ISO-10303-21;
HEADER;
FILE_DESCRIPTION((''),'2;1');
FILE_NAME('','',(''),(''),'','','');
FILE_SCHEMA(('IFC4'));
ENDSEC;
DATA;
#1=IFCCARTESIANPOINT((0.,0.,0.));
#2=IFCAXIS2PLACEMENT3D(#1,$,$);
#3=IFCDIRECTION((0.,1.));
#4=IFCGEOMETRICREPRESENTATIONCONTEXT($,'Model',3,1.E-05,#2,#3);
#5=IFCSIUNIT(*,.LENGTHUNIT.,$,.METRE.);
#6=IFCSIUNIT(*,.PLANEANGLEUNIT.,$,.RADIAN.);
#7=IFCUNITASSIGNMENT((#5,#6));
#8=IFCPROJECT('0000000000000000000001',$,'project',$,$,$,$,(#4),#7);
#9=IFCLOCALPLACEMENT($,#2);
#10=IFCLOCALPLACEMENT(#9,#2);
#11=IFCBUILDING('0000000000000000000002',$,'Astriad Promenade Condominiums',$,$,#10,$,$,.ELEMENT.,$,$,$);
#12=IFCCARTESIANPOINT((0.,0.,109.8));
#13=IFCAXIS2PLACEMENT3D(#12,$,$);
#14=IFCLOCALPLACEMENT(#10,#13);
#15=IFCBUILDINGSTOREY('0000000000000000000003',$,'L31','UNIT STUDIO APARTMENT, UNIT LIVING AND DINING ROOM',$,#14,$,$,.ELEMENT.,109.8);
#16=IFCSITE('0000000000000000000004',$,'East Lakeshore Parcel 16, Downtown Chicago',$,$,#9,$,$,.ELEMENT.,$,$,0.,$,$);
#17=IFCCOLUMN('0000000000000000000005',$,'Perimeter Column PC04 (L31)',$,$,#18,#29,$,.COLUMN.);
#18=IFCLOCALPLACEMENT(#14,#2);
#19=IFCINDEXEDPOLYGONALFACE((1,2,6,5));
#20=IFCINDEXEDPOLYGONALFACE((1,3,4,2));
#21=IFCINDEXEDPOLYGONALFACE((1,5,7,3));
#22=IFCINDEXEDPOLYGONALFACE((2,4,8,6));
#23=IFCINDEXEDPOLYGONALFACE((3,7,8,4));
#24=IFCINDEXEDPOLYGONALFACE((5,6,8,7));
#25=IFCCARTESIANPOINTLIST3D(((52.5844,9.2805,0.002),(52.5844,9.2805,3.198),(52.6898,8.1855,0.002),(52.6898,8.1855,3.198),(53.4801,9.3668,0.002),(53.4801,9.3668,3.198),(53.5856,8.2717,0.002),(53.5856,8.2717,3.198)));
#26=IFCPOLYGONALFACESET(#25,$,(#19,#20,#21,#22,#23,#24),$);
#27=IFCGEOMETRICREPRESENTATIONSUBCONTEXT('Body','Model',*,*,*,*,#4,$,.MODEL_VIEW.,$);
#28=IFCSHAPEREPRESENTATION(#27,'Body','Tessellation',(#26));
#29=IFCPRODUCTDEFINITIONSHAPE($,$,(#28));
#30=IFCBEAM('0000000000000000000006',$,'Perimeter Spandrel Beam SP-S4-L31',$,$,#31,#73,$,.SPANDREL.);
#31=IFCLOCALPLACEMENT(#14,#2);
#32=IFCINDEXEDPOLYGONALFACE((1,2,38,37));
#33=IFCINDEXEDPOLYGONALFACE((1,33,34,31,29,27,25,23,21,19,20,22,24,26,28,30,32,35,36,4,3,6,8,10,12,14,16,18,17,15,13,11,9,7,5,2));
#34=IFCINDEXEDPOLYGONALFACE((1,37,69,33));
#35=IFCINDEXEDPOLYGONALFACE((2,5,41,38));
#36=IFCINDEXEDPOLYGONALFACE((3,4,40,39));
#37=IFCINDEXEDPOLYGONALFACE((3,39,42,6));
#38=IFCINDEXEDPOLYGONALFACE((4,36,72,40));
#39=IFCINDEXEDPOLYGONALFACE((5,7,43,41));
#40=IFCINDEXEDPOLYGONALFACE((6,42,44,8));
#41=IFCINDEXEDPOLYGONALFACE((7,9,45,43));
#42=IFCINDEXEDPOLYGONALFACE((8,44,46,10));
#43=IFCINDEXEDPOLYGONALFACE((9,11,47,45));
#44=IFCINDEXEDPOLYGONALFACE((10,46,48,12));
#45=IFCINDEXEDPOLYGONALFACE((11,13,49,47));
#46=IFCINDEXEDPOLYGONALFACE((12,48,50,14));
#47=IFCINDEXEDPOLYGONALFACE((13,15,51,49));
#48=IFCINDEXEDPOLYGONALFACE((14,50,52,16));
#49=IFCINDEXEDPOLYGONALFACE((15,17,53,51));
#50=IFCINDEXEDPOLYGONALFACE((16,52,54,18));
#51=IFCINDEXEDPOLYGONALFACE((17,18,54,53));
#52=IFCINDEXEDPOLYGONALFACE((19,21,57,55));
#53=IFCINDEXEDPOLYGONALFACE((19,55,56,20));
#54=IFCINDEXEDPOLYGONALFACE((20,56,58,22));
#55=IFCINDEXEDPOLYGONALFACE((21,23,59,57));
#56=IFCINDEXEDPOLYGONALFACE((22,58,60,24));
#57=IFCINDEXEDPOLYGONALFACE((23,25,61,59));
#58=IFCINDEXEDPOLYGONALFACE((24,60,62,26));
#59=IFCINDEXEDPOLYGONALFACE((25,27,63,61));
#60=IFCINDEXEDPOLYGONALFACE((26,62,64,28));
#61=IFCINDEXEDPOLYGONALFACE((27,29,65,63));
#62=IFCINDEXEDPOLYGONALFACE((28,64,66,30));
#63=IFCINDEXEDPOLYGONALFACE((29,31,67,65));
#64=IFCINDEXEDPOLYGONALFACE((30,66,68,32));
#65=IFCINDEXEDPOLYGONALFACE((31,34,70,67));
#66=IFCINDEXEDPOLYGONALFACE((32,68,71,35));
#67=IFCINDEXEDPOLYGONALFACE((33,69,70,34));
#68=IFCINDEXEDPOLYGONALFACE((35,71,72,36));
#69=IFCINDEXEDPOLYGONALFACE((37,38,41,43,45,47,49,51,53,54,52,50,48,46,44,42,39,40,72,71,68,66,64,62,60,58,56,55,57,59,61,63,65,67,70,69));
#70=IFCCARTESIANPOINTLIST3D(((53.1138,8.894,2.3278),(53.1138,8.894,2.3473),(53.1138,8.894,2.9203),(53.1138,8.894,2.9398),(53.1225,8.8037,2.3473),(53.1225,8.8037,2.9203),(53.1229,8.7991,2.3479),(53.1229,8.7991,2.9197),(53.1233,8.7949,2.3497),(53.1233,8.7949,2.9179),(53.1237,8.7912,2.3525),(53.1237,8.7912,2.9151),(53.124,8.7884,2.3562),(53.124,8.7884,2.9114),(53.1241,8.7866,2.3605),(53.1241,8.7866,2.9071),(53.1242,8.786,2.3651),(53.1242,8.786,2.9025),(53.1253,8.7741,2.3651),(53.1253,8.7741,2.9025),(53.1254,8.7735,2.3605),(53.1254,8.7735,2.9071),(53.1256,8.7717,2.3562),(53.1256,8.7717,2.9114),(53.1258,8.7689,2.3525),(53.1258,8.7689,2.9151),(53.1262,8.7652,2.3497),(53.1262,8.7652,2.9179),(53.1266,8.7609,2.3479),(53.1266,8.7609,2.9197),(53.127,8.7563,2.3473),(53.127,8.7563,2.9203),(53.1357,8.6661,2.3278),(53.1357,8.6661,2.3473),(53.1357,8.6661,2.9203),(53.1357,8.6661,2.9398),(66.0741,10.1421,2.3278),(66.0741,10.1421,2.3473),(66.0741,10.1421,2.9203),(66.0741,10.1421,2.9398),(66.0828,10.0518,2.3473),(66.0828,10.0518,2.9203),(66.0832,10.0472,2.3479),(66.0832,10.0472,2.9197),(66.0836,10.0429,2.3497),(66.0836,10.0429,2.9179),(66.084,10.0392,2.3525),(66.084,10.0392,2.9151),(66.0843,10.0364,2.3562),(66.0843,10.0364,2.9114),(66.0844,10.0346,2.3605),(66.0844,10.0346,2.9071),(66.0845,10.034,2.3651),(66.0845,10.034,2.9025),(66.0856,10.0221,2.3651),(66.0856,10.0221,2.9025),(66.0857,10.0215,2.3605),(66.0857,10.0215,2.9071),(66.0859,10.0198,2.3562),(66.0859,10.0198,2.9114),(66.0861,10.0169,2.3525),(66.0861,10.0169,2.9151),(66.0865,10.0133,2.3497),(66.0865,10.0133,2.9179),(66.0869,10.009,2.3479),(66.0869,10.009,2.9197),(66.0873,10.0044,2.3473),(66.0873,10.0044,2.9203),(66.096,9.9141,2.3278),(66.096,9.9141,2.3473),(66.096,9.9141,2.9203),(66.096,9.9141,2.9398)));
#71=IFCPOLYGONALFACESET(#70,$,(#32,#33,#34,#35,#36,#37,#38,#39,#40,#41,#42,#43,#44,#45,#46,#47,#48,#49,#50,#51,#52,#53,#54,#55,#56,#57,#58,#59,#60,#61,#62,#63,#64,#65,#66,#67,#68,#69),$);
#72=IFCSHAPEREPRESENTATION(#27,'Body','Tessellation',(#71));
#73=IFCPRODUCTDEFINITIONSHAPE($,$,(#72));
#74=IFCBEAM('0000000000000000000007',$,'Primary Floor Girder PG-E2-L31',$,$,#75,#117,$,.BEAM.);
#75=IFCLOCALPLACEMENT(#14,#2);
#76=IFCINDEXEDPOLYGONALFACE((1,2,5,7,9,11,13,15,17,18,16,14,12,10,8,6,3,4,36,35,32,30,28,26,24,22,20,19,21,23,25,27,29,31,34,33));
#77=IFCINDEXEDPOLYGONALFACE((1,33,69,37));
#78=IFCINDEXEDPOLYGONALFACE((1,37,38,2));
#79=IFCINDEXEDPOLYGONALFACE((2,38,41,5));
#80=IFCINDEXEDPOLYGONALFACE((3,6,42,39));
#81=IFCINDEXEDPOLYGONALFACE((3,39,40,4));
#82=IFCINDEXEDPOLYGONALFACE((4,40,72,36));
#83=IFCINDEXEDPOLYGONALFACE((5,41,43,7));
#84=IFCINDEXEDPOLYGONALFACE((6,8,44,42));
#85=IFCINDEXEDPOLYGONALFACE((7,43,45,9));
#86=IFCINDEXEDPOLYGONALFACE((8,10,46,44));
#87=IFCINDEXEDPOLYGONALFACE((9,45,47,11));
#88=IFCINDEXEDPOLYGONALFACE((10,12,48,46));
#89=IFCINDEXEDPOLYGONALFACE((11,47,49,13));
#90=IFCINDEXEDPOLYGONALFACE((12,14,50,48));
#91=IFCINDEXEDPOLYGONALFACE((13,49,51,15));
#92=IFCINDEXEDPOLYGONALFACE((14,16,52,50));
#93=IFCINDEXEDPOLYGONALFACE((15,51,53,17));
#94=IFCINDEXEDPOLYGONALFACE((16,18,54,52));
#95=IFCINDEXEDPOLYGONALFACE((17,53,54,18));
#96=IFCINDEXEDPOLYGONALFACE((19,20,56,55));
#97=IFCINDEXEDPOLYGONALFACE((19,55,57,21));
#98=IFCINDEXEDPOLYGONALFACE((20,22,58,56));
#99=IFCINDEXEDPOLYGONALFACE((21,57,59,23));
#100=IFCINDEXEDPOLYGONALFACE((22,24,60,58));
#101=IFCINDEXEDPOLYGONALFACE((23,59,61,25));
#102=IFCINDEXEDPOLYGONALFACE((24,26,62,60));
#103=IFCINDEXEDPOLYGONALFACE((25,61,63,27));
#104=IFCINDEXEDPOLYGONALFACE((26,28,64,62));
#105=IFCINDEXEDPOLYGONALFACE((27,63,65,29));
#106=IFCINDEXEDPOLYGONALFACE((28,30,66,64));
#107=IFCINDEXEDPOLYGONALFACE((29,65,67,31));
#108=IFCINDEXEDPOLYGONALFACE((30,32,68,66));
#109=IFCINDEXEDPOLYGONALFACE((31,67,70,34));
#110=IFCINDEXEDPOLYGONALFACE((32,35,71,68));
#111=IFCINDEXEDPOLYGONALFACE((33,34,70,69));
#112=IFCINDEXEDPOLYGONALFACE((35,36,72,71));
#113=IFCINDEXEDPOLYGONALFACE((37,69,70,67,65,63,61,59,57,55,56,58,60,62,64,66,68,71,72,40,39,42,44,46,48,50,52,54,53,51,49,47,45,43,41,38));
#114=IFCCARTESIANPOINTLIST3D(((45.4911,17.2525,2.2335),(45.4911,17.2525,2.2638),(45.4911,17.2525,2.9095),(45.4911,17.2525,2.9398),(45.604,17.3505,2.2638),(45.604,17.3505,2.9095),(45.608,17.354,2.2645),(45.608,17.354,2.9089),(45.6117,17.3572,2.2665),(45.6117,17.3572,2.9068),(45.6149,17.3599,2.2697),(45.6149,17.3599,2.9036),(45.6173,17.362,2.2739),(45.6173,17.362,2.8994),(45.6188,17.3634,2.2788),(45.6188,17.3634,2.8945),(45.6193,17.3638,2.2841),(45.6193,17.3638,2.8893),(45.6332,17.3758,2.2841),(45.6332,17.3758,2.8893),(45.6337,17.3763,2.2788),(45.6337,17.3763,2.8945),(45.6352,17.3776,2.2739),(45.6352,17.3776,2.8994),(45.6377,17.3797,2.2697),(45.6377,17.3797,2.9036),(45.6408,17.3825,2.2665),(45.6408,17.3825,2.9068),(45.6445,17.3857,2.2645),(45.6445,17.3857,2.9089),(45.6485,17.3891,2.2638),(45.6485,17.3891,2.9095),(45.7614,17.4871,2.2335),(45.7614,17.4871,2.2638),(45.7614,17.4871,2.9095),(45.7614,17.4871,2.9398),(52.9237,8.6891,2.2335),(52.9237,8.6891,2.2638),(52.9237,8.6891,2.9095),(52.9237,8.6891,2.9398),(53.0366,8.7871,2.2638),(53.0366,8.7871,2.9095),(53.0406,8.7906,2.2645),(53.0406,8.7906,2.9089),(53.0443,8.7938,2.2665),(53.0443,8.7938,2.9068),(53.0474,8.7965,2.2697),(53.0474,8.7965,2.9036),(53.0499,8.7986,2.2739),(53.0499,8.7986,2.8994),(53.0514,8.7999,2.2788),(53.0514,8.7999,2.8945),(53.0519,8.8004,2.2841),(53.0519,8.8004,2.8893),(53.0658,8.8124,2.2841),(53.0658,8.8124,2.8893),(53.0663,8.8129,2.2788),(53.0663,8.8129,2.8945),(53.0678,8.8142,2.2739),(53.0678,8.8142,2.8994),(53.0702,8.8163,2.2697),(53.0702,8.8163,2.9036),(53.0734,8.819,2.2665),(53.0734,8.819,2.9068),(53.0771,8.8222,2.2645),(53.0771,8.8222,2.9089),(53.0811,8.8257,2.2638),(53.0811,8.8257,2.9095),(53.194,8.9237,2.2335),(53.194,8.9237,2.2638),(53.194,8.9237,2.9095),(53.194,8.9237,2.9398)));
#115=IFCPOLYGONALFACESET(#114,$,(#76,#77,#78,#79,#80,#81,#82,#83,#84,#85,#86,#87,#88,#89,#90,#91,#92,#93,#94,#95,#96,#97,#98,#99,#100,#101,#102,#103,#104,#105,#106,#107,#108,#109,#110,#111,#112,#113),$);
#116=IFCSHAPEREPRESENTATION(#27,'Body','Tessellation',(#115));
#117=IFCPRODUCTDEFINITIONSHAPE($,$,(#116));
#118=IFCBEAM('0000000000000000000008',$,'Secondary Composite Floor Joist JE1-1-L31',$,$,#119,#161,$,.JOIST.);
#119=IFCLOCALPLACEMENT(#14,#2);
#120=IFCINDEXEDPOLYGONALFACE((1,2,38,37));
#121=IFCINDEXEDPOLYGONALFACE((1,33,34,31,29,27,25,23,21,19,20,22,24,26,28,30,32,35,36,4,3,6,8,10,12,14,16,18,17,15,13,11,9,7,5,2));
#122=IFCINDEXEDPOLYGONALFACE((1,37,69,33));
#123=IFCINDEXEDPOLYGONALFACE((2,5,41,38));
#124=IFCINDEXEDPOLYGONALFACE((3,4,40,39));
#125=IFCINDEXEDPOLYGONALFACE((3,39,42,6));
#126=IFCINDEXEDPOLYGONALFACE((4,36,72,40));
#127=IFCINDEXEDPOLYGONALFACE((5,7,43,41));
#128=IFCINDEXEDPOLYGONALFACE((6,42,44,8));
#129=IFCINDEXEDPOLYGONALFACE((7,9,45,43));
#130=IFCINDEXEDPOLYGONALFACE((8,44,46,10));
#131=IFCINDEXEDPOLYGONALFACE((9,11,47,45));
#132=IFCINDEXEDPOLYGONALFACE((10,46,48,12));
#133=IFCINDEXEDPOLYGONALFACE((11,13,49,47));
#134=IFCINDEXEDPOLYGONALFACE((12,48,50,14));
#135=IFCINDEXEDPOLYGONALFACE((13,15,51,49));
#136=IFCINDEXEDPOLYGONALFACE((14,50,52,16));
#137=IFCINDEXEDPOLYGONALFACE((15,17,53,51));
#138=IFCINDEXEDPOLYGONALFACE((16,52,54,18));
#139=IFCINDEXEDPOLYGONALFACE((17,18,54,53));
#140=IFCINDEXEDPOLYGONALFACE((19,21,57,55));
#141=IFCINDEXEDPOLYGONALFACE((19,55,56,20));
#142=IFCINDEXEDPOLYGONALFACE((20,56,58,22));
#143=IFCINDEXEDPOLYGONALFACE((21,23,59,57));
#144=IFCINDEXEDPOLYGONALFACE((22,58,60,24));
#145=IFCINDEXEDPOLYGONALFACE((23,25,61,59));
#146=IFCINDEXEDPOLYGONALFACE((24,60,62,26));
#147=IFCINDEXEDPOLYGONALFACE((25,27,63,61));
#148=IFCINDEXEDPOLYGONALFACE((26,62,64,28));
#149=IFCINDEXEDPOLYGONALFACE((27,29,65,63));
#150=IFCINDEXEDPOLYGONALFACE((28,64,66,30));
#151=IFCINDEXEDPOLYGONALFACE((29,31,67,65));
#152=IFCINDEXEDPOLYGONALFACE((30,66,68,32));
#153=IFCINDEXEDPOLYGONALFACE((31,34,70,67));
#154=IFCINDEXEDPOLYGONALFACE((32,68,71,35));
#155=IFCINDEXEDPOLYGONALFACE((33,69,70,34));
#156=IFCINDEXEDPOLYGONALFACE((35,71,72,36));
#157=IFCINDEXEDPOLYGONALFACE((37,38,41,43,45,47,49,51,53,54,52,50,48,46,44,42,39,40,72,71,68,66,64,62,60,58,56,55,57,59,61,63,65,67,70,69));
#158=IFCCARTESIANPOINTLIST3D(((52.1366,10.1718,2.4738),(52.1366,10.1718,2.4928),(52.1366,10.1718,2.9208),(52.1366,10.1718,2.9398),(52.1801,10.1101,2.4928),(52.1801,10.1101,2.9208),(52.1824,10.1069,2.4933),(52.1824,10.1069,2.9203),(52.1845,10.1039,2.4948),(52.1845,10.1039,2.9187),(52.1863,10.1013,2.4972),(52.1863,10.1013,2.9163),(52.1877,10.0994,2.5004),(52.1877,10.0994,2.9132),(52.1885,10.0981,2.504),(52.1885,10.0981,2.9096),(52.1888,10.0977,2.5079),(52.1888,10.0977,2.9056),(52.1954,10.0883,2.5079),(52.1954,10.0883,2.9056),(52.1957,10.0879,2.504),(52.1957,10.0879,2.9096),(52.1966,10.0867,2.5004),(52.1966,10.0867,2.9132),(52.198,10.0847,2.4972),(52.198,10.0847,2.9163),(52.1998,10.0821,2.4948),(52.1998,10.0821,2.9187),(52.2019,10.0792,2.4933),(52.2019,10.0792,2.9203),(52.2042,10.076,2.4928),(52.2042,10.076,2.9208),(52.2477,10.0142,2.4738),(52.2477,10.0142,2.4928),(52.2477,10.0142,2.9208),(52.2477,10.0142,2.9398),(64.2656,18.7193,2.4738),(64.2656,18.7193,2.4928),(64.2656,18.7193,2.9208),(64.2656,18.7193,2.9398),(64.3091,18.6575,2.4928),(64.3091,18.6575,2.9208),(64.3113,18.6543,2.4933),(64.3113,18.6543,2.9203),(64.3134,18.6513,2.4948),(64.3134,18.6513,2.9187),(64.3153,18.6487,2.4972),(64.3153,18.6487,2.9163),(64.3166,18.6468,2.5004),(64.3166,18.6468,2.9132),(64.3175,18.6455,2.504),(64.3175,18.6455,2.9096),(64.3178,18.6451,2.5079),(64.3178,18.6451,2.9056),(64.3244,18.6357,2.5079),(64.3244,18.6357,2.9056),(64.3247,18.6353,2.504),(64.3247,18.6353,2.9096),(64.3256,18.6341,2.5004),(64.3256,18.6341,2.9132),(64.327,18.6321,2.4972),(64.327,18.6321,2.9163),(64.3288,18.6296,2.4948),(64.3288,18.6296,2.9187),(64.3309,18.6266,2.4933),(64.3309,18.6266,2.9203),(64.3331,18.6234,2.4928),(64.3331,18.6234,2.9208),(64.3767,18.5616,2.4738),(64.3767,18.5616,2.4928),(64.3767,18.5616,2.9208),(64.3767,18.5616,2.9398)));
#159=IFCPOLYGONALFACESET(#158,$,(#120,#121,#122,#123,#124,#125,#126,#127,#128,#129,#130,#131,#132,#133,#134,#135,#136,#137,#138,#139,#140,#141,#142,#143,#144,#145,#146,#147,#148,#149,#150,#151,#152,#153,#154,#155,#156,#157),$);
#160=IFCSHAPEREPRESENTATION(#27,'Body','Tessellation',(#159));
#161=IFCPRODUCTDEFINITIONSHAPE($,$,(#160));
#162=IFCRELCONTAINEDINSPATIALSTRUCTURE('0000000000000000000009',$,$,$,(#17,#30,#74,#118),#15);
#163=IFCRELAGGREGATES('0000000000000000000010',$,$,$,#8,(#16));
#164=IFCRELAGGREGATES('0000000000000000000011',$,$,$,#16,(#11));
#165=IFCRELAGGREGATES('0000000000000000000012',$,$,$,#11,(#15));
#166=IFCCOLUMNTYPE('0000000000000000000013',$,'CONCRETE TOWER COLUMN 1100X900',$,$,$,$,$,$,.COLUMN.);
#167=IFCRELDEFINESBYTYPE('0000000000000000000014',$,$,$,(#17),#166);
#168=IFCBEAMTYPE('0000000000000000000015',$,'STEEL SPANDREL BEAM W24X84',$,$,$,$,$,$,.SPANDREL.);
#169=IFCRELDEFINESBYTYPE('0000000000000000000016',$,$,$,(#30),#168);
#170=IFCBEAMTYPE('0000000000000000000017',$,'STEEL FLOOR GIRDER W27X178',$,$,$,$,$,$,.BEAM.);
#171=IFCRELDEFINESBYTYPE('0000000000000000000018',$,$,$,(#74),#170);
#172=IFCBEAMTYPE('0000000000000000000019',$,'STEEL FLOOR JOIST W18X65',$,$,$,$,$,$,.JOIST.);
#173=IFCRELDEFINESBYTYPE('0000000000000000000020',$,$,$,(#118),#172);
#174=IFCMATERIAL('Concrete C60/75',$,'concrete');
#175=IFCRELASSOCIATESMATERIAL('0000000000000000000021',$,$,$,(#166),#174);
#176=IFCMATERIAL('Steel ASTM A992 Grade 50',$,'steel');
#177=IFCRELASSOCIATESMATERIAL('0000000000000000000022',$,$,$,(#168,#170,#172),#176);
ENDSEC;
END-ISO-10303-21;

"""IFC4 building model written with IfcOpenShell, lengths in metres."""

from ifc_helpers import new_model, si_unit, direction, frame, origin, origin_2d, place, context, subcontext, project, spatial, rectangle, i_section, extrude, source, transform, mapped, material, material_profile, profile_set, type_object, type_shapes, element, save


model = new_model("IFC4")

# Units and contexts
model_context = context("Model", 3, precision=1e-05, world=origin(), true_north=direction((0.0, 1.0)))
body_context = subcontext(model_context, "Body", "Model", "MODEL_VIEW")
ifc_project = project(units=[si_unit("LENGTHUNIT", "METRE"), si_unit("PLANEANGLEUNIT", "RADIAN")], contexts=[model_context])

# Site, building, storey
site_placement = place(None, origin())
site = spatial("IfcSite", under=ifc_project, at=site_placement, Name="East Lakeshore Parcel 16, Downtown Chicago", CompositionType="ELEMENT", RefElevation=0.0)
building_placement = place(site_placement, origin())
building = spatial("IfcBuilding", under=site, at=building_placement, Name="Astriad Promenade Condominiums", CompositionType="ELEMENT")
storey_placement = place(building_placement, frame((0.0, 0.0, 109.8)))
storey = spatial("IfcBuildingStorey", under=building, at=storey_placement, Name="L31", Description="UNIT STUDIO APARTMENT, UNIT LIVING AND DINING ROOM", CompositionType="ELEMENT", Elevation=109.8)

# Column
ifc_material_1 = material(Name="Concrete C60/75", Category="concrete")
ifc_material_profile_1 = material_profile(ifc_material_1, rectangle(XDim=0.8999, YDim=1.1001, at=origin_2d()), Name="RC-COL-1100X900")
ifc_profile_set_1 = profile_set([ifc_material_profile_1], Name="Concrete C60/75")
column_type = type_object("IfcColumnType", Name="CONCRETE TOWER COLUMN 1100X900", PredefinedType="COLUMN", material=ifc_profile_set_1)
shared_shape_1 = source(origin(), body_context, "Body", "SweptSolid", [
    extrude(rectangle(XDim=0.8999, YDim=1.1001, at=origin_2d()), origin(), (0.0, 0.0, 1.0), 3.196),
])
type_shapes(column_type, [shared_shape_1])
column_placement = place(storey_placement, frame((53.085, 8.7761, 0.002), z_axis=(0.0, 0.0, 1.0), x_axis=(0.995396, 0.095846, 0.0)))
element("IfcColumn", 1, at=column_placement, inside=storey, type_object=column_type, Name="Perimeter Column PC04 (L31)", PredefinedType="COLUMN", context=body_context, shape_type="MappedRepresentation", body=[
    mapped(shared_shape_1, transform((0.0, 0.0, 0.0), scale=1.0)),
])

# Beams
ifc_material_2 = material(Name="Steel ASTM A992 Grade 50", Category="steel")
ifc_material_profile_2 = material_profile(ifc_material_2, i_section(OverallWidth=0.229, OverallDepth=0.6121, WebThickness=0.012, FlangeThickness=0.0195, FilletRadius=0.0178, at=origin_2d()), Name="W24X84")
ifc_profile_set_2 = profile_set([ifc_material_profile_2], Name="Steel ASTM A992 Grade 50")
beam_type_1 = type_object("IfcBeamType", Name="STEEL SPANDREL BEAM W24X84", PredefinedType="SPANDREL", material=ifc_profile_set_2)
shared_shape_2 = source(origin(), body_context, "Body", "SweptSolid", [
    extrude(i_section(OverallWidth=0.229, OverallDepth=0.6121, WebThickness=0.012, FlangeThickness=0.0195, FilletRadius=0.0178, at=origin_2d()), origin(), (0.0, 0.0, 1.0), 13.0203),
])
type_shapes(beam_type_1, [shared_shape_2])
beam_1_placement = place(storey_placement, frame((53.1248, 8.78, 2.6338), z_axis=(0.995395, 0.095855, 0.0), x_axis=(-0.095855, 0.995395, 0.0)))
element("IfcBeam", 2, at=beam_1_placement, inside=storey, type_object=beam_type_1, Name="Perimeter Spandrel Beam SP-S4-L31", PredefinedType="SPANDREL", context=body_context, shape_type="MappedRepresentation", body=[
    mapped(shared_shape_2, transform((0.0, 0.0, 0.0), scale=1.0)),
])
ifc_material_profile_3 = material_profile(ifc_material_2, i_section(OverallWidth=0.3579, OverallDepth=0.7063, WebThickness=0.0183, FlangeThickness=0.0303, FilletRadius=0.0203, at=origin_2d()), Name="W27X178")
ifc_profile_set_3 = profile_set([ifc_material_profile_3], Name="Steel ASTM A992 Grade 50")
beam_type_2 = type_object("IfcBeamType", Name="STEEL FLOOR GIRDER W27X178", PredefinedType="BEAM", material=ifc_profile_set_3)
shared_shape_3 = source(origin(), body_context, "Body", "SweptSolid", [
    extrude(i_section(OverallWidth=0.3579, OverallDepth=0.7063, WebThickness=0.0183, FlangeThickness=0.0303, FilletRadius=0.0203, at=origin_2d()), origin(), (0.0, 0.0, 1.0), 11.3391),
])
type_shapes(beam_type_2, [shared_shape_3])
beam_2_placement = place(storey_placement, frame((53.0588, 8.8064, 2.5867), z_axis=(-0.655481, 0.755211, 0.0), x_axis=(-0.755211, -0.655481, 0.0)))
element("IfcBeam", 3, at=beam_2_placement, inside=storey, type_object=beam_type_2, Name="Primary Floor Girder PG-E2-L31", PredefinedType="BEAM", context=body_context, shape_type="MappedRepresentation", body=[
    mapped(shared_shape_3, transform((0.0, 0.0, 0.0), scale=1.0)),
])
ifc_material_profile_4 = material_profile(ifc_material_2, i_section(OverallWidth=0.1929, OverallDepth=0.4661, WebThickness=0.0115, FlangeThickness=0.019, FilletRadius=0.0151, at=origin_2d()), Name="W18X65")
ifc_profile_set_4 = profile_set([ifc_material_profile_4], Name="Steel ASTM A992 Grade 50")
beam_type_3 = type_object("IfcBeamType", Name="STEEL FLOOR JOIST W18X65", PredefinedType="JOIST", material=ifc_profile_set_4)
shared_shape_4 = source(origin(), body_context, "Body", "SweptSolid", [
    extrude(i_section(OverallWidth=0.1929, OverallDepth=0.4661, WebThickness=0.0115, FlangeThickness=0.019, FilletRadius=0.0151, at=origin_2d()), origin(), (0.0, 0.0, 1.0), 14.8381),
])
beam_3_placement = place(storey_placement, frame((52.1921, 10.093, 2.7068), z_axis=(0.817419, 0.576043, 0.0), x_axis=(-0.576043, 0.817419, 0.0)))
element("IfcBeam", 4, at=beam_3_placement, inside=storey, type_object=beam_type_3, Name="Secondary Composite Floor Joist JE1-1-L31", PredefinedType="JOIST", context=body_context, shape_type="MappedRepresentation", body=[
    mapped(shared_shape_4, transform((0.0, 0.0, 0.0), scale=1.0)),
])

save(model, "model.ifc")
